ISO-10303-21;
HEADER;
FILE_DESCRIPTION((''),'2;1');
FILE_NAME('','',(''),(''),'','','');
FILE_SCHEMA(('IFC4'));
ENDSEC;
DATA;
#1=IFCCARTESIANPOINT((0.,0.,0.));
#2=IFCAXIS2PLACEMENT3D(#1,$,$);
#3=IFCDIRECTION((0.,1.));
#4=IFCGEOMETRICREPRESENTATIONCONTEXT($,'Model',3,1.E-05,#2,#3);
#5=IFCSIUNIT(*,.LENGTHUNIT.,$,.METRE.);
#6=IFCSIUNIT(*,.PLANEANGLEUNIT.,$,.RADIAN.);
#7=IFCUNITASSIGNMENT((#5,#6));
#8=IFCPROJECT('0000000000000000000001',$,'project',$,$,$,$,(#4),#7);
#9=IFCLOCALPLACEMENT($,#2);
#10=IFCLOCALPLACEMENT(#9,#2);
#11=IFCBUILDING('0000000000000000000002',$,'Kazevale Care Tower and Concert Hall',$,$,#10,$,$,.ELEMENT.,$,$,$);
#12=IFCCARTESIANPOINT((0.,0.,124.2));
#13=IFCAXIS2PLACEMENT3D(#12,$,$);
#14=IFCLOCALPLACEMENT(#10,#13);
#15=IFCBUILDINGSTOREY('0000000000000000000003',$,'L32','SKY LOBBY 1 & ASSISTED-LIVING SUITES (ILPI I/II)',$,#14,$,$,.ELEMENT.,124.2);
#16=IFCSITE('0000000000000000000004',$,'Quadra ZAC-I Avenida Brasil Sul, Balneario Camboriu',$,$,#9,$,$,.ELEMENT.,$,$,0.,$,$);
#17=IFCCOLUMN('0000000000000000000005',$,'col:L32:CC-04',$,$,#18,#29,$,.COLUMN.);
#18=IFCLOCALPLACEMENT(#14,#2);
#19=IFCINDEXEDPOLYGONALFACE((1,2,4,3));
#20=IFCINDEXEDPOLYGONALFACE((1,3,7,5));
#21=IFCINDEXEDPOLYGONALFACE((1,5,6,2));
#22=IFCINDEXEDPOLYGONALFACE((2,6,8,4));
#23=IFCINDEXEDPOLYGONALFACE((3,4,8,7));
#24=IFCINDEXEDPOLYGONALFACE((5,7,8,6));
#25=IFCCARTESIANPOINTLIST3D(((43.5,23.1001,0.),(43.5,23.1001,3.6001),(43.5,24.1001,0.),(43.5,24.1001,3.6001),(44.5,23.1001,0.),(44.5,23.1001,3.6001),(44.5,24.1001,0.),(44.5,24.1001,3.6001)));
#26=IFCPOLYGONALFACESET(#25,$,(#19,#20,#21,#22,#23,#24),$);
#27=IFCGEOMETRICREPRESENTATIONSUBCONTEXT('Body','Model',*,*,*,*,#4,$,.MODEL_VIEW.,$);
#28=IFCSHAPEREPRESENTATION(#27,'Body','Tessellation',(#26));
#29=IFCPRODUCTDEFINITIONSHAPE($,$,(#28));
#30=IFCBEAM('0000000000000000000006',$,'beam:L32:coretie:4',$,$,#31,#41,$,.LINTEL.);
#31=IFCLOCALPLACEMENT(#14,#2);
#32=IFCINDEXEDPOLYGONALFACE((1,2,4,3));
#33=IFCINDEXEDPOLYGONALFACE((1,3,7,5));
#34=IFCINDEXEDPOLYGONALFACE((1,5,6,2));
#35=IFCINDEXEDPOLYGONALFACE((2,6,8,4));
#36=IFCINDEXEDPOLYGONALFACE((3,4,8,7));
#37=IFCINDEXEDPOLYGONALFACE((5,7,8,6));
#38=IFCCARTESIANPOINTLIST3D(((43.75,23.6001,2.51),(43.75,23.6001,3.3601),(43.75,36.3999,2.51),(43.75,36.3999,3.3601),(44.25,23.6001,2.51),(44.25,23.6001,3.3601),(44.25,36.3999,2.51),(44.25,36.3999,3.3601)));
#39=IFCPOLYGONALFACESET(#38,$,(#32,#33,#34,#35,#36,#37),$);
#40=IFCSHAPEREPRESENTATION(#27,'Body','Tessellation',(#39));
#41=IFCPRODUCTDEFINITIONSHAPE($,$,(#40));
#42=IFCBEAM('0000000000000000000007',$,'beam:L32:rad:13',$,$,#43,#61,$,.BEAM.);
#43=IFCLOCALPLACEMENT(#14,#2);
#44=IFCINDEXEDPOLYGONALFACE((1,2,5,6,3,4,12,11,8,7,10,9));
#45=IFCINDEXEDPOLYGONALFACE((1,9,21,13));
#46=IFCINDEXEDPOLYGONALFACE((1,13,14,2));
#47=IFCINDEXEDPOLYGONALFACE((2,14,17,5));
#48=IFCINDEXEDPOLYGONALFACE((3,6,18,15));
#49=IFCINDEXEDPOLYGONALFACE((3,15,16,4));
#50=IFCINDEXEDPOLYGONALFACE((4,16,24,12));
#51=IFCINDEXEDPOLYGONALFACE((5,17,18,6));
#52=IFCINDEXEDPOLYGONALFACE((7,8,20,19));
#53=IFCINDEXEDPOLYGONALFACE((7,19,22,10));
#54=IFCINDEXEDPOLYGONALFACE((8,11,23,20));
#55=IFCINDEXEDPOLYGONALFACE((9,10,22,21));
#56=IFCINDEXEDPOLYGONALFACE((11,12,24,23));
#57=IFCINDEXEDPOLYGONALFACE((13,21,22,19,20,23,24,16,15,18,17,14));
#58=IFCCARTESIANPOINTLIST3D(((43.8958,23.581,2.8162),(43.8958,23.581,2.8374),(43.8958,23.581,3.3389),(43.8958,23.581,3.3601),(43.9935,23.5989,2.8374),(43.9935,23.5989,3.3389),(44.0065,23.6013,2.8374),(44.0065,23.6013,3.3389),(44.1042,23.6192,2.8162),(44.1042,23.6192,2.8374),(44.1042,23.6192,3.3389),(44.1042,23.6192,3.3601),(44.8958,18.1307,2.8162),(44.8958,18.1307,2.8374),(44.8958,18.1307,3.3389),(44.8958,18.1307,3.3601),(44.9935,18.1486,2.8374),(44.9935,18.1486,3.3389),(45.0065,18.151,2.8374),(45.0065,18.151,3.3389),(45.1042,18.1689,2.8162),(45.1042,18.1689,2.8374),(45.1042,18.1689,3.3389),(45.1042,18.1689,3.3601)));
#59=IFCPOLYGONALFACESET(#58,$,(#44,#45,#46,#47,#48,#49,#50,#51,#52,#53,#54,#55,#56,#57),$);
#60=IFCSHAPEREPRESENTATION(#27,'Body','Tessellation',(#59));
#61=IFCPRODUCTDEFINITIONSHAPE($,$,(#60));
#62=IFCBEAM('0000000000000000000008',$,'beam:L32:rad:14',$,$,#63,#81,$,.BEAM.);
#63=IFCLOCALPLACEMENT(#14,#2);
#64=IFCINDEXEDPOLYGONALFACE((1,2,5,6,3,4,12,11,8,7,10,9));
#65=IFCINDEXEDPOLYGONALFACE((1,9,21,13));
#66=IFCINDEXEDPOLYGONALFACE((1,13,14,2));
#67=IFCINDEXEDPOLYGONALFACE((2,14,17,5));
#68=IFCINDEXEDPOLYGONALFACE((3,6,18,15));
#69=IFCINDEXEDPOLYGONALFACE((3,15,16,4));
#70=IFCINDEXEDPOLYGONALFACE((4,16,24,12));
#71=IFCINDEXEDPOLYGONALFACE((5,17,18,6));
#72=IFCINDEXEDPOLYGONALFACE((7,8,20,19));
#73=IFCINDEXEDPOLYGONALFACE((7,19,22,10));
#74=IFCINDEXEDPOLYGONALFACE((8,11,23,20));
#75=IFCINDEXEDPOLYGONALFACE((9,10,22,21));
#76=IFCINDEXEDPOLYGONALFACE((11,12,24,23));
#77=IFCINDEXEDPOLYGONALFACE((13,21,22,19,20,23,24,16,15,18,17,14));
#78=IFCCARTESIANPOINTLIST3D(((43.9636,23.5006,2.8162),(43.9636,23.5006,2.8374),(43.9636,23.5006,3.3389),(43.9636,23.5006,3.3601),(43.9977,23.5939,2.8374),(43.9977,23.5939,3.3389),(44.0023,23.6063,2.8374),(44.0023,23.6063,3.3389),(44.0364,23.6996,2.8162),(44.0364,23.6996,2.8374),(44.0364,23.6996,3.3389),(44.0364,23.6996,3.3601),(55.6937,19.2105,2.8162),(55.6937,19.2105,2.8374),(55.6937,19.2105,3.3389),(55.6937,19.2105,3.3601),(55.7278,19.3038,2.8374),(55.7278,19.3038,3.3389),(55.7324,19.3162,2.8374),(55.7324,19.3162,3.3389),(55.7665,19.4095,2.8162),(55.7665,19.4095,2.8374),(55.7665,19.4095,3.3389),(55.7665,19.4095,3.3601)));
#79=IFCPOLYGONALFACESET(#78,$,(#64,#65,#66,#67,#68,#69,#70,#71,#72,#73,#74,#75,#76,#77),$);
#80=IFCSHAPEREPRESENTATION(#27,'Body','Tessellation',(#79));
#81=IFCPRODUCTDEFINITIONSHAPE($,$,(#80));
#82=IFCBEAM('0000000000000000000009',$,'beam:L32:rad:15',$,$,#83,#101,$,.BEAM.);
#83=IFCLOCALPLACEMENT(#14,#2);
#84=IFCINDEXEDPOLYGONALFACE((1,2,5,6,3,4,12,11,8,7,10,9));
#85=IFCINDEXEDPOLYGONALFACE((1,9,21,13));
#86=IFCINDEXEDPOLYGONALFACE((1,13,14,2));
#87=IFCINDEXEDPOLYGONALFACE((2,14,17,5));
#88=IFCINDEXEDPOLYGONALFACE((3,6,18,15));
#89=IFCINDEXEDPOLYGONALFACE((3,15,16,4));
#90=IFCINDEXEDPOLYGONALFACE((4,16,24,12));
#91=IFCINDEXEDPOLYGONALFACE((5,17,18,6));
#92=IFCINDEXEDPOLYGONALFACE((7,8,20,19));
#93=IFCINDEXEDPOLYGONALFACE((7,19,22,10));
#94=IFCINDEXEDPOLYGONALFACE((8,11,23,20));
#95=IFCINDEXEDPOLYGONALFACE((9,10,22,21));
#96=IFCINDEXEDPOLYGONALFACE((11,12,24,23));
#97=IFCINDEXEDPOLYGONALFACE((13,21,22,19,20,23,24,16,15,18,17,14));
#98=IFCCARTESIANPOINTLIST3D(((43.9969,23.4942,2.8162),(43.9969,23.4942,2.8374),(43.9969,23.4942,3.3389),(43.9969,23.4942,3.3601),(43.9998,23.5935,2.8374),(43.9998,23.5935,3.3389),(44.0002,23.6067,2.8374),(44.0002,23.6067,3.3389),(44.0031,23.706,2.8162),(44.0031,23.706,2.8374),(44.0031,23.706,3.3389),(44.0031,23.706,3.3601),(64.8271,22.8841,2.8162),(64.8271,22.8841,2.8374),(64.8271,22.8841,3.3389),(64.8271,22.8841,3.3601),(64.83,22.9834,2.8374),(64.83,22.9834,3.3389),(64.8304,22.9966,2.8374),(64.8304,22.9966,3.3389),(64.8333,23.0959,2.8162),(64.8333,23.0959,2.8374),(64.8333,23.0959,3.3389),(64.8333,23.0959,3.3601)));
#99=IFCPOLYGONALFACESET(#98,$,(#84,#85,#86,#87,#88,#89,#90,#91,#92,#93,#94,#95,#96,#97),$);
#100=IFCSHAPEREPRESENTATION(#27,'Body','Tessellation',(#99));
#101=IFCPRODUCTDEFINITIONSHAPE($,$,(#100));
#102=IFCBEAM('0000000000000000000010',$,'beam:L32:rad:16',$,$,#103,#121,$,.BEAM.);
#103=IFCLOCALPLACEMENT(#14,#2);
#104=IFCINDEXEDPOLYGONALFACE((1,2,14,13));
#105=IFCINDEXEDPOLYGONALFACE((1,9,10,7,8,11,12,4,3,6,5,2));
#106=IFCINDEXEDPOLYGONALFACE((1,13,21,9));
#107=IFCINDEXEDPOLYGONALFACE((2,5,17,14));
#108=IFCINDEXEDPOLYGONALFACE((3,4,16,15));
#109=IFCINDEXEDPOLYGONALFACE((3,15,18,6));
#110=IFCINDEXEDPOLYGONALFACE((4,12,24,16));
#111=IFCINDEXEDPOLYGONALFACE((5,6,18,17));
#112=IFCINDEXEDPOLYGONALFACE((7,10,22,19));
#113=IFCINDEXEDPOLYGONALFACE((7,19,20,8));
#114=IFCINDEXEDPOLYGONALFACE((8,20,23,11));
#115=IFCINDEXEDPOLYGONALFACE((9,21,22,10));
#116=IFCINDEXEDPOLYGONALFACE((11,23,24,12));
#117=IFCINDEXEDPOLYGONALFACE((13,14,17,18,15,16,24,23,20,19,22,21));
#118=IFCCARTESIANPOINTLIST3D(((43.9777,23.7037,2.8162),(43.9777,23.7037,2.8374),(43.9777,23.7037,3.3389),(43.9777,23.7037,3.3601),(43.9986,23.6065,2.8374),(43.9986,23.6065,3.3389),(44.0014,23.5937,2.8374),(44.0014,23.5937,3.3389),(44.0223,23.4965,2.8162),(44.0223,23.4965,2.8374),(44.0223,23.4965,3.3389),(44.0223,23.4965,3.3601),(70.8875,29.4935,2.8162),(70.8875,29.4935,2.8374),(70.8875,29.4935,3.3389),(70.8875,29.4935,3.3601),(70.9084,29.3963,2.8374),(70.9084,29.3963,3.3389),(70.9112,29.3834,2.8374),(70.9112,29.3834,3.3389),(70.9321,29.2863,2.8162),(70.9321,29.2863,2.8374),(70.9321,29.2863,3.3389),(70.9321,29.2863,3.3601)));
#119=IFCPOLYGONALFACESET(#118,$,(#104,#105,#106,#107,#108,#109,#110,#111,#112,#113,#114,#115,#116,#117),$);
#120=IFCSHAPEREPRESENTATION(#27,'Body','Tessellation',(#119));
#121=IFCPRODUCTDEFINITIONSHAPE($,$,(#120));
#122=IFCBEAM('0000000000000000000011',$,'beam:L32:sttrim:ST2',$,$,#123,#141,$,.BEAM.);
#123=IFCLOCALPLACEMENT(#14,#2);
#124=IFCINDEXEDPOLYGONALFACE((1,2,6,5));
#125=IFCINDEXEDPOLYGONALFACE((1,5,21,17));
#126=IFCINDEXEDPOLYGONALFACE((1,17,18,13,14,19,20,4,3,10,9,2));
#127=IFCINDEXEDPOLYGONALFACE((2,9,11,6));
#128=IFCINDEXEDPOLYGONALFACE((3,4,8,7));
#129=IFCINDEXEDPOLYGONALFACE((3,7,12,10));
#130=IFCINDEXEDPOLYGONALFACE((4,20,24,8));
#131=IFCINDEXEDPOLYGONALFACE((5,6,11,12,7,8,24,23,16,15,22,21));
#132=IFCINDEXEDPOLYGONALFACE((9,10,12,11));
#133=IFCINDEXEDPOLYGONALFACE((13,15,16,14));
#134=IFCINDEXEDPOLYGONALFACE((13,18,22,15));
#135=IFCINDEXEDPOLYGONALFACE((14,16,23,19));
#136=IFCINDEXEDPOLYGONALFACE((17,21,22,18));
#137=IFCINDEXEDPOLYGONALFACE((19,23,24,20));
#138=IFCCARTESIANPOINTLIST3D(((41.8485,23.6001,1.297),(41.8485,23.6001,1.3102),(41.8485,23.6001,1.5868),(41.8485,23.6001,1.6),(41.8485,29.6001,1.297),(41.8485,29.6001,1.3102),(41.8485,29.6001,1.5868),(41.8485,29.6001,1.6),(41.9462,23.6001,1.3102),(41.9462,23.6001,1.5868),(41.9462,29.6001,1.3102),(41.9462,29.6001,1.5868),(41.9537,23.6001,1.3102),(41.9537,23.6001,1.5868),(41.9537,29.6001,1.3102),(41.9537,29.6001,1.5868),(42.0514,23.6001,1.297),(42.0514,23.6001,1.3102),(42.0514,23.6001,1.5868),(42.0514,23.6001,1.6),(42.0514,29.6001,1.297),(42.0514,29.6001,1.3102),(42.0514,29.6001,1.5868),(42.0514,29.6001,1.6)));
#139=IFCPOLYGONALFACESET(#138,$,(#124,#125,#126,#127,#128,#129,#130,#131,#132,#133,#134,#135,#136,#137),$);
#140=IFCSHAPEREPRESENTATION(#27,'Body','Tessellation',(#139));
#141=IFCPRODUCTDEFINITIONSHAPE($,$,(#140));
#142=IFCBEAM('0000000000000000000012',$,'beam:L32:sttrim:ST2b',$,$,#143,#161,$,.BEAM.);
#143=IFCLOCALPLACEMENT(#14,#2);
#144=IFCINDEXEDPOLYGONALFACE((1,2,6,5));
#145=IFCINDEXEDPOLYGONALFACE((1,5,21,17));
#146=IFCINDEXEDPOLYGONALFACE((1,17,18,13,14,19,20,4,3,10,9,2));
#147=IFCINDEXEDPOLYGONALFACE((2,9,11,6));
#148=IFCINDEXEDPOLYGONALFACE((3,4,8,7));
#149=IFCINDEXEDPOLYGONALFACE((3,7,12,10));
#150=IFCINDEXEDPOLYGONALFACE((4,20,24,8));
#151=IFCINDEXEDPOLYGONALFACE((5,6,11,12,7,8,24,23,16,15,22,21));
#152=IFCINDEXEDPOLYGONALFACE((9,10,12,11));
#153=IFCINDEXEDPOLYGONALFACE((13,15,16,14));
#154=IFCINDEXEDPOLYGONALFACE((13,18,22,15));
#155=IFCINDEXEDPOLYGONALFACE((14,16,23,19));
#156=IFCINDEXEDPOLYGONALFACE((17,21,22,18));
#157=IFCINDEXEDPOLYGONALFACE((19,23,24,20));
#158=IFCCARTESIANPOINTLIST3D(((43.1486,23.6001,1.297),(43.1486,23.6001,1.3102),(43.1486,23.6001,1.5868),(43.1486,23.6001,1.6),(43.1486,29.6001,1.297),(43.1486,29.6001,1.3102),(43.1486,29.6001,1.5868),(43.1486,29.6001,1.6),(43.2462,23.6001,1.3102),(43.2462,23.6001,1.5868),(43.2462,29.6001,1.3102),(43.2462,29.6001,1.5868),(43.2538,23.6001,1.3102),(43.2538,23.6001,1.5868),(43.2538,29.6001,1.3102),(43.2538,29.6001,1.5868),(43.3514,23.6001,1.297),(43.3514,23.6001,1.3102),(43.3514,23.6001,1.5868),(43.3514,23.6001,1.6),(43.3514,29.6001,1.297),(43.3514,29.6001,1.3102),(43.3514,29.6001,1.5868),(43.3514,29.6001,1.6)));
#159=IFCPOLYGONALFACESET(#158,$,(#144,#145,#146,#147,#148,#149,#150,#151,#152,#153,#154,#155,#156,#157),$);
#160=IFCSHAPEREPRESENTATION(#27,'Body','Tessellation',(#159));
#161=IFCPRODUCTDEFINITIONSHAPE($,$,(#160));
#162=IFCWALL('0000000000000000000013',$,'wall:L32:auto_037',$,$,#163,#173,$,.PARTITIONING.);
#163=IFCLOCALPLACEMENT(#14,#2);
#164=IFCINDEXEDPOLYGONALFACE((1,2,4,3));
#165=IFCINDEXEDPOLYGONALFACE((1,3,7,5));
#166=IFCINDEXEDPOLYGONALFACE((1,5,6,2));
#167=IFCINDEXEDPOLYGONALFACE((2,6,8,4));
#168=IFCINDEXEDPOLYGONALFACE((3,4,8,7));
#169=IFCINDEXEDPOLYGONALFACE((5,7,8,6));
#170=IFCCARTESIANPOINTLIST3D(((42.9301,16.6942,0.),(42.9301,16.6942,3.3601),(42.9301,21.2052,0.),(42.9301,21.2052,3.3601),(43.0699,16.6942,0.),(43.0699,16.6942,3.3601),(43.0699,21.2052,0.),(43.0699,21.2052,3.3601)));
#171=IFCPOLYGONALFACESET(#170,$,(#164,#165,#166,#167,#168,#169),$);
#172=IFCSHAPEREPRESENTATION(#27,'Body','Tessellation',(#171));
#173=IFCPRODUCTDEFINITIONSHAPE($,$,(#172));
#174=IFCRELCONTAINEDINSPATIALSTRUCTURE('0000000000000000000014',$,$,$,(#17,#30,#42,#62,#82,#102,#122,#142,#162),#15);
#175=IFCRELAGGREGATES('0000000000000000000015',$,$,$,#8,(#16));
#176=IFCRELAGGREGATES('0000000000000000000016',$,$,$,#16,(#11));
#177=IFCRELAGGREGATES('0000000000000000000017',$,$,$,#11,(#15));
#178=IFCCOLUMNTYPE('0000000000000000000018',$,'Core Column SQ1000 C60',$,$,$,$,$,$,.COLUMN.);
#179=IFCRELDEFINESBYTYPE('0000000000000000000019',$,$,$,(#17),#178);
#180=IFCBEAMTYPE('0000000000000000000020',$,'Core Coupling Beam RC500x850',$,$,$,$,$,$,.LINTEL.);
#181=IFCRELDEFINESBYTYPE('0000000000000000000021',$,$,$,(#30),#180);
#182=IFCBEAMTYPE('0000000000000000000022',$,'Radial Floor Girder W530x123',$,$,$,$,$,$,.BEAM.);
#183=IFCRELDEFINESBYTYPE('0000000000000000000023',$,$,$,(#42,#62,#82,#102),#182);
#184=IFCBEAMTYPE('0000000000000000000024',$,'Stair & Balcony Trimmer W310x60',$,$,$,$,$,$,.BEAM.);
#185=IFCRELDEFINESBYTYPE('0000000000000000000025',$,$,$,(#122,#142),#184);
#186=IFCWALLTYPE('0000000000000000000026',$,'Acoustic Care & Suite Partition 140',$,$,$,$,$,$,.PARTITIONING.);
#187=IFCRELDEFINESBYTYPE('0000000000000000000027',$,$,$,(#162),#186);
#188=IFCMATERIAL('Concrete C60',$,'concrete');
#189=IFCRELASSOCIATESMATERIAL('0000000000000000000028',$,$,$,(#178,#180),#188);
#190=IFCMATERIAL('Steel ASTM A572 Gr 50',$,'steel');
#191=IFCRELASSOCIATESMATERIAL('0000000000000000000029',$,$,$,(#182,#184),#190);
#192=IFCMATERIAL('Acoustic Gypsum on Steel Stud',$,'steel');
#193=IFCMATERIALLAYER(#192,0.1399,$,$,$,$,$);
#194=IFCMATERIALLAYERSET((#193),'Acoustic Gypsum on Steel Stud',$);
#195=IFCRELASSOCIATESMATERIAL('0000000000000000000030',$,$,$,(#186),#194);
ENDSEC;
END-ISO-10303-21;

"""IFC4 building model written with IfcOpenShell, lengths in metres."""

from ifc_helpers import new_model, si_unit, direction, frame, frame_2d, origin, origin_2d, place, context, subcontext, project, spatial, rectangle, i_section, extrude, material, layer, layer_set, material_profile, profile_set, type_object, element, save


model = new_model("IFC4")

# Units and contexts
model_context = context("Model", 3, precision=1e-05, world=origin(), true_north=direction((0.0, 1.0)))
body_context = subcontext(model_context, "Body", "Model", "MODEL_VIEW")
ifc_project = project(units=[si_unit("LENGTHUNIT", "METRE"), si_unit("PLANEANGLEUNIT", "RADIAN")], contexts=[model_context])

# Site, building, storey
site_placement = place(None, origin())
site = spatial("IfcSite", under=ifc_project, at=site_placement, Name="Quadra ZAC-I Avenida Brasil Sul, Balneario Camboriu", CompositionType="ELEMENT", RefElevation=0.0)
building_placement = place(site_placement, origin())
building = spatial("IfcBuilding", under=site, at=building_placement, Name="Kazevale Care Tower and Concert Hall", CompositionType="ELEMENT")
storey_placement = place(building_placement, frame((0.0, 0.0, 124.2)))
storey = spatial("IfcBuildingStorey", under=building, at=storey_placement, Name="L32", Description="SKY LOBBY 1 & ASSISTED-LIVING SUITES (ILPI I/II)", CompositionType="ELEMENT", Elevation=124.2)

# Column
ifc_material_1 = material(Name="Concrete C60", Category="concrete")
ifc_material_profile_1 = material_profile(ifc_material_1, rectangle(XDim=1.0, YDim=1.0, at=origin_2d()), Name="RC-SQ1000")
ifc_profile_set_1 = profile_set([ifc_material_profile_1], Name="Concrete C60")
column_type = type_object("IfcColumnType", Name="Core Column SQ1000 C60", PredefinedType="COLUMN", material=ifc_profile_set_1)
column_placement = place(storey_placement, frame((44.0, 23.6001, 0.0), z_axis=(0.0, 0.0, 1.0), x_axis=(1.0, 0.0, 0.0)))
element("IfcColumn", 1, at=column_placement, inside=storey, type_object=column_type, Name="col:L32:CC-04", PredefinedType="COLUMN", context=body_context, shape_type="SweptSolid", body=[
    extrude(rectangle(XDim=1.0, YDim=1.0, at=origin_2d()), origin(), (0.0, 0.0, 1.0), 3.6001),
])

# Beams
ifc_material_profile_2 = material_profile(ifc_material_1, rectangle(XDim=0.5, YDim=0.8501, at=origin_2d()), Name="RC-B500x850")
ifc_profile_set_2 = profile_set([ifc_material_profile_2], Name="Concrete C60")
beam_type_1 = type_object("IfcBeamType", Name="Core Coupling Beam RC500x850", PredefinedType="LINTEL", material=ifc_profile_set_2)
beam_1_placement = place(storey_placement, frame((44.0, 23.6001, 2.9351), z_axis=(0.0, 1.0, 0.0), x_axis=(-1.0, 0.0, 0.0)))
element("IfcBeam", 2, at=beam_1_placement, inside=storey, type_object=beam_type_1, Name="beam:L32:coretie:4", PredefinedType="LINTEL", context=body_context, shape_type="SweptSolid", body=[
    extrude(rectangle(XDim=0.5, YDim=0.8501, at=origin_2d()), origin(), (0.0, 0.0, 1.0), 12.7998),
])
ifc_material_2 = material(Name="Steel ASTM A572 Gr 50", Category="steel")
ifc_material_profile_3 = material_profile(ifc_material_2, i_section(OverallWidth=0.2119, OverallDepth=0.5439, WebThickness=0.0132, FlangeThickness=0.0212, at=origin_2d()), Name="W530x123")
ifc_profile_set_3 = profile_set([ifc_material_profile_3], Name="Steel ASTM A572 Gr 50")
beam_type_2 = type_object("IfcBeamType", Name="Radial Floor Girder W530x123", PredefinedType="BEAM", material=ifc_profile_set_3)
beam_2_placement = place(storey_placement, frame((44.0, 23.6001, 3.0881), z_axis=(0.180467, -0.983581, 0.0), x_axis=(0.983581, 0.180467, 0.0)))
element("IfcBeam", 3, at=beam_2_placement, inside=storey, type_object=beam_type_2, Name="beam:L32:rad:13", PredefinedType="BEAM", context=body_context, shape_type="SweptSolid", body=[
    extrude(i_section(OverallWidth=0.2119, OverallDepth=0.5439, WebThickness=0.0132, FlangeThickness=0.0212, at=origin_2d()), origin(), (0.0, 0.0, 1.0), 5.5413),
])
beam_3_placement = place(storey_placement, frame((44.0, 23.6001, 3.0881), z_axis=(0.939159, -0.343481, 0.0), x_axis=(0.343481, 0.939159, 0.0)))
element("IfcBeam", 4, at=beam_3_placement, inside=storey, type_object=beam_type_2, Name="beam:L32:rad:14", PredefinedType="BEAM", context=body_context, shape_type="SweptSolid", body=[
    extrude(i_section(OverallWidth=0.2119, OverallDepth=0.5439, WebThickness=0.0132, FlangeThickness=0.0212, at=origin_2d()), origin(), (0.0, 0.0, 1.0), 12.49),
])
beam_4_placement = place(storey_placement, frame((44.0, 23.6001, 3.0881), z_axis=(0.999571, -0.029277, 0.0), x_axis=(0.029277, 0.999571, 0.0)))
element("IfcBeam", 5, at=beam_4_placement, inside=storey, type_object=beam_type_2, Name="beam:L32:rad:15", PredefinedType="BEAM", context=body_context, shape_type="SweptSolid", body=[
    extrude(i_section(OverallWidth=0.2119, OverallDepth=0.5439, WebThickness=0.0132, FlangeThickness=0.0212, at=origin_2d()), origin(), (0.0, 0.0, 1.0), 20.8391),
])
beam_5_placement = place(storey_placement, frame((44.0, 23.6001, 3.0881), z_axis=(0.977628, 0.210341, 0.0), x_axis=(-0.210341, 0.977628, 0.0)))
element("IfcBeam", 6, at=beam_5_placement, inside=storey, type_object=beam_type_2, Name="beam:L32:rad:16", PredefinedType="BEAM", context=body_context, shape_type="SweptSolid", body=[
    extrude(i_section(OverallWidth=0.2119, OverallDepth=0.5439, WebThickness=0.0132, FlangeThickness=0.0212, at=origin_2d()), origin(), (0.0, 0.0, 1.0), 27.5256),
])
ifc_material_profile_4 = material_profile(ifc_material_2, i_section(OverallWidth=0.2029, OverallDepth=0.303, WebThickness=0.0076, FlangeThickness=0.0132, at=origin_2d()), Name="W310x60")
ifc_profile_set_4 = profile_set([ifc_material_profile_4], Name="Steel ASTM A572 Gr 50")
beam_type_3 = type_object("IfcBeamType", Name="Stair & Balcony Trimmer W310x60", PredefinedType="BEAM", material=ifc_profile_set_4)
for number, where, z_axis, x_axis, name in (
    (7, (41.95, 23.6001, 1.4485), (0.0, 1.0, 0.0), (-1.0, 0.0, 0.0), "beam:L32:sttrim:ST2"),
    (8, (43.25, 23.6001, 1.4485), (0.0, 1.0, 0.0), (-1.0, 0.0, 0.0), "beam:L32:sttrim:ST2b"),
):
    element("IfcBeam", number, at=place(storey_placement, frame(where, z_axis=z_axis, x_axis=x_axis)), inside=storey, type_object=beam_type_3, Name=name, PredefinedType="BEAM", context=body_context, shape_type="SweptSolid", body=[
        extrude(i_section(OverallWidth=0.2029, OverallDepth=0.303, WebThickness=0.0076, FlangeThickness=0.0132, at=origin_2d()), origin(), (0.0, 0.0, 1.0), 6.0),
    ])

# Wall
ifc_material_3 = material(Name="Acoustic Gypsum on Steel Stud", Category="steel")
ifc_layer_1 = layer(ifc_material_3, 0.1399)
ifc_layer_set_1 = layer_set([ifc_layer_1], Name="Acoustic Gypsum on Steel Stud")
wall_type_1 = type_object("IfcWallType", Name="Acoustic Care & Suite Partition 140", PredefinedType="PARTITIONING", material=ifc_layer_set_1)
wall_1_placement = place(storey_placement, frame((43.0, 21.2051, 0.0), z_axis=(0.0, 0.0, 1.0), x_axis=(0.0, -1.0, 0.0)))
element("IfcWall", 9, at=wall_1_placement, inside=storey, type_object=wall_type_1, Name="wall:L32:auto_037", PredefinedType="PARTITIONING", context=body_context, shape_type="SweptSolid", body=[
    extrude(rectangle(XDim=4.511, YDim=0.1399, at=frame_2d((2.2554, 0.0))), origin(), (0.0, 0.0, 1.0), 3.3601),
])

save(model, "model.ifc")
